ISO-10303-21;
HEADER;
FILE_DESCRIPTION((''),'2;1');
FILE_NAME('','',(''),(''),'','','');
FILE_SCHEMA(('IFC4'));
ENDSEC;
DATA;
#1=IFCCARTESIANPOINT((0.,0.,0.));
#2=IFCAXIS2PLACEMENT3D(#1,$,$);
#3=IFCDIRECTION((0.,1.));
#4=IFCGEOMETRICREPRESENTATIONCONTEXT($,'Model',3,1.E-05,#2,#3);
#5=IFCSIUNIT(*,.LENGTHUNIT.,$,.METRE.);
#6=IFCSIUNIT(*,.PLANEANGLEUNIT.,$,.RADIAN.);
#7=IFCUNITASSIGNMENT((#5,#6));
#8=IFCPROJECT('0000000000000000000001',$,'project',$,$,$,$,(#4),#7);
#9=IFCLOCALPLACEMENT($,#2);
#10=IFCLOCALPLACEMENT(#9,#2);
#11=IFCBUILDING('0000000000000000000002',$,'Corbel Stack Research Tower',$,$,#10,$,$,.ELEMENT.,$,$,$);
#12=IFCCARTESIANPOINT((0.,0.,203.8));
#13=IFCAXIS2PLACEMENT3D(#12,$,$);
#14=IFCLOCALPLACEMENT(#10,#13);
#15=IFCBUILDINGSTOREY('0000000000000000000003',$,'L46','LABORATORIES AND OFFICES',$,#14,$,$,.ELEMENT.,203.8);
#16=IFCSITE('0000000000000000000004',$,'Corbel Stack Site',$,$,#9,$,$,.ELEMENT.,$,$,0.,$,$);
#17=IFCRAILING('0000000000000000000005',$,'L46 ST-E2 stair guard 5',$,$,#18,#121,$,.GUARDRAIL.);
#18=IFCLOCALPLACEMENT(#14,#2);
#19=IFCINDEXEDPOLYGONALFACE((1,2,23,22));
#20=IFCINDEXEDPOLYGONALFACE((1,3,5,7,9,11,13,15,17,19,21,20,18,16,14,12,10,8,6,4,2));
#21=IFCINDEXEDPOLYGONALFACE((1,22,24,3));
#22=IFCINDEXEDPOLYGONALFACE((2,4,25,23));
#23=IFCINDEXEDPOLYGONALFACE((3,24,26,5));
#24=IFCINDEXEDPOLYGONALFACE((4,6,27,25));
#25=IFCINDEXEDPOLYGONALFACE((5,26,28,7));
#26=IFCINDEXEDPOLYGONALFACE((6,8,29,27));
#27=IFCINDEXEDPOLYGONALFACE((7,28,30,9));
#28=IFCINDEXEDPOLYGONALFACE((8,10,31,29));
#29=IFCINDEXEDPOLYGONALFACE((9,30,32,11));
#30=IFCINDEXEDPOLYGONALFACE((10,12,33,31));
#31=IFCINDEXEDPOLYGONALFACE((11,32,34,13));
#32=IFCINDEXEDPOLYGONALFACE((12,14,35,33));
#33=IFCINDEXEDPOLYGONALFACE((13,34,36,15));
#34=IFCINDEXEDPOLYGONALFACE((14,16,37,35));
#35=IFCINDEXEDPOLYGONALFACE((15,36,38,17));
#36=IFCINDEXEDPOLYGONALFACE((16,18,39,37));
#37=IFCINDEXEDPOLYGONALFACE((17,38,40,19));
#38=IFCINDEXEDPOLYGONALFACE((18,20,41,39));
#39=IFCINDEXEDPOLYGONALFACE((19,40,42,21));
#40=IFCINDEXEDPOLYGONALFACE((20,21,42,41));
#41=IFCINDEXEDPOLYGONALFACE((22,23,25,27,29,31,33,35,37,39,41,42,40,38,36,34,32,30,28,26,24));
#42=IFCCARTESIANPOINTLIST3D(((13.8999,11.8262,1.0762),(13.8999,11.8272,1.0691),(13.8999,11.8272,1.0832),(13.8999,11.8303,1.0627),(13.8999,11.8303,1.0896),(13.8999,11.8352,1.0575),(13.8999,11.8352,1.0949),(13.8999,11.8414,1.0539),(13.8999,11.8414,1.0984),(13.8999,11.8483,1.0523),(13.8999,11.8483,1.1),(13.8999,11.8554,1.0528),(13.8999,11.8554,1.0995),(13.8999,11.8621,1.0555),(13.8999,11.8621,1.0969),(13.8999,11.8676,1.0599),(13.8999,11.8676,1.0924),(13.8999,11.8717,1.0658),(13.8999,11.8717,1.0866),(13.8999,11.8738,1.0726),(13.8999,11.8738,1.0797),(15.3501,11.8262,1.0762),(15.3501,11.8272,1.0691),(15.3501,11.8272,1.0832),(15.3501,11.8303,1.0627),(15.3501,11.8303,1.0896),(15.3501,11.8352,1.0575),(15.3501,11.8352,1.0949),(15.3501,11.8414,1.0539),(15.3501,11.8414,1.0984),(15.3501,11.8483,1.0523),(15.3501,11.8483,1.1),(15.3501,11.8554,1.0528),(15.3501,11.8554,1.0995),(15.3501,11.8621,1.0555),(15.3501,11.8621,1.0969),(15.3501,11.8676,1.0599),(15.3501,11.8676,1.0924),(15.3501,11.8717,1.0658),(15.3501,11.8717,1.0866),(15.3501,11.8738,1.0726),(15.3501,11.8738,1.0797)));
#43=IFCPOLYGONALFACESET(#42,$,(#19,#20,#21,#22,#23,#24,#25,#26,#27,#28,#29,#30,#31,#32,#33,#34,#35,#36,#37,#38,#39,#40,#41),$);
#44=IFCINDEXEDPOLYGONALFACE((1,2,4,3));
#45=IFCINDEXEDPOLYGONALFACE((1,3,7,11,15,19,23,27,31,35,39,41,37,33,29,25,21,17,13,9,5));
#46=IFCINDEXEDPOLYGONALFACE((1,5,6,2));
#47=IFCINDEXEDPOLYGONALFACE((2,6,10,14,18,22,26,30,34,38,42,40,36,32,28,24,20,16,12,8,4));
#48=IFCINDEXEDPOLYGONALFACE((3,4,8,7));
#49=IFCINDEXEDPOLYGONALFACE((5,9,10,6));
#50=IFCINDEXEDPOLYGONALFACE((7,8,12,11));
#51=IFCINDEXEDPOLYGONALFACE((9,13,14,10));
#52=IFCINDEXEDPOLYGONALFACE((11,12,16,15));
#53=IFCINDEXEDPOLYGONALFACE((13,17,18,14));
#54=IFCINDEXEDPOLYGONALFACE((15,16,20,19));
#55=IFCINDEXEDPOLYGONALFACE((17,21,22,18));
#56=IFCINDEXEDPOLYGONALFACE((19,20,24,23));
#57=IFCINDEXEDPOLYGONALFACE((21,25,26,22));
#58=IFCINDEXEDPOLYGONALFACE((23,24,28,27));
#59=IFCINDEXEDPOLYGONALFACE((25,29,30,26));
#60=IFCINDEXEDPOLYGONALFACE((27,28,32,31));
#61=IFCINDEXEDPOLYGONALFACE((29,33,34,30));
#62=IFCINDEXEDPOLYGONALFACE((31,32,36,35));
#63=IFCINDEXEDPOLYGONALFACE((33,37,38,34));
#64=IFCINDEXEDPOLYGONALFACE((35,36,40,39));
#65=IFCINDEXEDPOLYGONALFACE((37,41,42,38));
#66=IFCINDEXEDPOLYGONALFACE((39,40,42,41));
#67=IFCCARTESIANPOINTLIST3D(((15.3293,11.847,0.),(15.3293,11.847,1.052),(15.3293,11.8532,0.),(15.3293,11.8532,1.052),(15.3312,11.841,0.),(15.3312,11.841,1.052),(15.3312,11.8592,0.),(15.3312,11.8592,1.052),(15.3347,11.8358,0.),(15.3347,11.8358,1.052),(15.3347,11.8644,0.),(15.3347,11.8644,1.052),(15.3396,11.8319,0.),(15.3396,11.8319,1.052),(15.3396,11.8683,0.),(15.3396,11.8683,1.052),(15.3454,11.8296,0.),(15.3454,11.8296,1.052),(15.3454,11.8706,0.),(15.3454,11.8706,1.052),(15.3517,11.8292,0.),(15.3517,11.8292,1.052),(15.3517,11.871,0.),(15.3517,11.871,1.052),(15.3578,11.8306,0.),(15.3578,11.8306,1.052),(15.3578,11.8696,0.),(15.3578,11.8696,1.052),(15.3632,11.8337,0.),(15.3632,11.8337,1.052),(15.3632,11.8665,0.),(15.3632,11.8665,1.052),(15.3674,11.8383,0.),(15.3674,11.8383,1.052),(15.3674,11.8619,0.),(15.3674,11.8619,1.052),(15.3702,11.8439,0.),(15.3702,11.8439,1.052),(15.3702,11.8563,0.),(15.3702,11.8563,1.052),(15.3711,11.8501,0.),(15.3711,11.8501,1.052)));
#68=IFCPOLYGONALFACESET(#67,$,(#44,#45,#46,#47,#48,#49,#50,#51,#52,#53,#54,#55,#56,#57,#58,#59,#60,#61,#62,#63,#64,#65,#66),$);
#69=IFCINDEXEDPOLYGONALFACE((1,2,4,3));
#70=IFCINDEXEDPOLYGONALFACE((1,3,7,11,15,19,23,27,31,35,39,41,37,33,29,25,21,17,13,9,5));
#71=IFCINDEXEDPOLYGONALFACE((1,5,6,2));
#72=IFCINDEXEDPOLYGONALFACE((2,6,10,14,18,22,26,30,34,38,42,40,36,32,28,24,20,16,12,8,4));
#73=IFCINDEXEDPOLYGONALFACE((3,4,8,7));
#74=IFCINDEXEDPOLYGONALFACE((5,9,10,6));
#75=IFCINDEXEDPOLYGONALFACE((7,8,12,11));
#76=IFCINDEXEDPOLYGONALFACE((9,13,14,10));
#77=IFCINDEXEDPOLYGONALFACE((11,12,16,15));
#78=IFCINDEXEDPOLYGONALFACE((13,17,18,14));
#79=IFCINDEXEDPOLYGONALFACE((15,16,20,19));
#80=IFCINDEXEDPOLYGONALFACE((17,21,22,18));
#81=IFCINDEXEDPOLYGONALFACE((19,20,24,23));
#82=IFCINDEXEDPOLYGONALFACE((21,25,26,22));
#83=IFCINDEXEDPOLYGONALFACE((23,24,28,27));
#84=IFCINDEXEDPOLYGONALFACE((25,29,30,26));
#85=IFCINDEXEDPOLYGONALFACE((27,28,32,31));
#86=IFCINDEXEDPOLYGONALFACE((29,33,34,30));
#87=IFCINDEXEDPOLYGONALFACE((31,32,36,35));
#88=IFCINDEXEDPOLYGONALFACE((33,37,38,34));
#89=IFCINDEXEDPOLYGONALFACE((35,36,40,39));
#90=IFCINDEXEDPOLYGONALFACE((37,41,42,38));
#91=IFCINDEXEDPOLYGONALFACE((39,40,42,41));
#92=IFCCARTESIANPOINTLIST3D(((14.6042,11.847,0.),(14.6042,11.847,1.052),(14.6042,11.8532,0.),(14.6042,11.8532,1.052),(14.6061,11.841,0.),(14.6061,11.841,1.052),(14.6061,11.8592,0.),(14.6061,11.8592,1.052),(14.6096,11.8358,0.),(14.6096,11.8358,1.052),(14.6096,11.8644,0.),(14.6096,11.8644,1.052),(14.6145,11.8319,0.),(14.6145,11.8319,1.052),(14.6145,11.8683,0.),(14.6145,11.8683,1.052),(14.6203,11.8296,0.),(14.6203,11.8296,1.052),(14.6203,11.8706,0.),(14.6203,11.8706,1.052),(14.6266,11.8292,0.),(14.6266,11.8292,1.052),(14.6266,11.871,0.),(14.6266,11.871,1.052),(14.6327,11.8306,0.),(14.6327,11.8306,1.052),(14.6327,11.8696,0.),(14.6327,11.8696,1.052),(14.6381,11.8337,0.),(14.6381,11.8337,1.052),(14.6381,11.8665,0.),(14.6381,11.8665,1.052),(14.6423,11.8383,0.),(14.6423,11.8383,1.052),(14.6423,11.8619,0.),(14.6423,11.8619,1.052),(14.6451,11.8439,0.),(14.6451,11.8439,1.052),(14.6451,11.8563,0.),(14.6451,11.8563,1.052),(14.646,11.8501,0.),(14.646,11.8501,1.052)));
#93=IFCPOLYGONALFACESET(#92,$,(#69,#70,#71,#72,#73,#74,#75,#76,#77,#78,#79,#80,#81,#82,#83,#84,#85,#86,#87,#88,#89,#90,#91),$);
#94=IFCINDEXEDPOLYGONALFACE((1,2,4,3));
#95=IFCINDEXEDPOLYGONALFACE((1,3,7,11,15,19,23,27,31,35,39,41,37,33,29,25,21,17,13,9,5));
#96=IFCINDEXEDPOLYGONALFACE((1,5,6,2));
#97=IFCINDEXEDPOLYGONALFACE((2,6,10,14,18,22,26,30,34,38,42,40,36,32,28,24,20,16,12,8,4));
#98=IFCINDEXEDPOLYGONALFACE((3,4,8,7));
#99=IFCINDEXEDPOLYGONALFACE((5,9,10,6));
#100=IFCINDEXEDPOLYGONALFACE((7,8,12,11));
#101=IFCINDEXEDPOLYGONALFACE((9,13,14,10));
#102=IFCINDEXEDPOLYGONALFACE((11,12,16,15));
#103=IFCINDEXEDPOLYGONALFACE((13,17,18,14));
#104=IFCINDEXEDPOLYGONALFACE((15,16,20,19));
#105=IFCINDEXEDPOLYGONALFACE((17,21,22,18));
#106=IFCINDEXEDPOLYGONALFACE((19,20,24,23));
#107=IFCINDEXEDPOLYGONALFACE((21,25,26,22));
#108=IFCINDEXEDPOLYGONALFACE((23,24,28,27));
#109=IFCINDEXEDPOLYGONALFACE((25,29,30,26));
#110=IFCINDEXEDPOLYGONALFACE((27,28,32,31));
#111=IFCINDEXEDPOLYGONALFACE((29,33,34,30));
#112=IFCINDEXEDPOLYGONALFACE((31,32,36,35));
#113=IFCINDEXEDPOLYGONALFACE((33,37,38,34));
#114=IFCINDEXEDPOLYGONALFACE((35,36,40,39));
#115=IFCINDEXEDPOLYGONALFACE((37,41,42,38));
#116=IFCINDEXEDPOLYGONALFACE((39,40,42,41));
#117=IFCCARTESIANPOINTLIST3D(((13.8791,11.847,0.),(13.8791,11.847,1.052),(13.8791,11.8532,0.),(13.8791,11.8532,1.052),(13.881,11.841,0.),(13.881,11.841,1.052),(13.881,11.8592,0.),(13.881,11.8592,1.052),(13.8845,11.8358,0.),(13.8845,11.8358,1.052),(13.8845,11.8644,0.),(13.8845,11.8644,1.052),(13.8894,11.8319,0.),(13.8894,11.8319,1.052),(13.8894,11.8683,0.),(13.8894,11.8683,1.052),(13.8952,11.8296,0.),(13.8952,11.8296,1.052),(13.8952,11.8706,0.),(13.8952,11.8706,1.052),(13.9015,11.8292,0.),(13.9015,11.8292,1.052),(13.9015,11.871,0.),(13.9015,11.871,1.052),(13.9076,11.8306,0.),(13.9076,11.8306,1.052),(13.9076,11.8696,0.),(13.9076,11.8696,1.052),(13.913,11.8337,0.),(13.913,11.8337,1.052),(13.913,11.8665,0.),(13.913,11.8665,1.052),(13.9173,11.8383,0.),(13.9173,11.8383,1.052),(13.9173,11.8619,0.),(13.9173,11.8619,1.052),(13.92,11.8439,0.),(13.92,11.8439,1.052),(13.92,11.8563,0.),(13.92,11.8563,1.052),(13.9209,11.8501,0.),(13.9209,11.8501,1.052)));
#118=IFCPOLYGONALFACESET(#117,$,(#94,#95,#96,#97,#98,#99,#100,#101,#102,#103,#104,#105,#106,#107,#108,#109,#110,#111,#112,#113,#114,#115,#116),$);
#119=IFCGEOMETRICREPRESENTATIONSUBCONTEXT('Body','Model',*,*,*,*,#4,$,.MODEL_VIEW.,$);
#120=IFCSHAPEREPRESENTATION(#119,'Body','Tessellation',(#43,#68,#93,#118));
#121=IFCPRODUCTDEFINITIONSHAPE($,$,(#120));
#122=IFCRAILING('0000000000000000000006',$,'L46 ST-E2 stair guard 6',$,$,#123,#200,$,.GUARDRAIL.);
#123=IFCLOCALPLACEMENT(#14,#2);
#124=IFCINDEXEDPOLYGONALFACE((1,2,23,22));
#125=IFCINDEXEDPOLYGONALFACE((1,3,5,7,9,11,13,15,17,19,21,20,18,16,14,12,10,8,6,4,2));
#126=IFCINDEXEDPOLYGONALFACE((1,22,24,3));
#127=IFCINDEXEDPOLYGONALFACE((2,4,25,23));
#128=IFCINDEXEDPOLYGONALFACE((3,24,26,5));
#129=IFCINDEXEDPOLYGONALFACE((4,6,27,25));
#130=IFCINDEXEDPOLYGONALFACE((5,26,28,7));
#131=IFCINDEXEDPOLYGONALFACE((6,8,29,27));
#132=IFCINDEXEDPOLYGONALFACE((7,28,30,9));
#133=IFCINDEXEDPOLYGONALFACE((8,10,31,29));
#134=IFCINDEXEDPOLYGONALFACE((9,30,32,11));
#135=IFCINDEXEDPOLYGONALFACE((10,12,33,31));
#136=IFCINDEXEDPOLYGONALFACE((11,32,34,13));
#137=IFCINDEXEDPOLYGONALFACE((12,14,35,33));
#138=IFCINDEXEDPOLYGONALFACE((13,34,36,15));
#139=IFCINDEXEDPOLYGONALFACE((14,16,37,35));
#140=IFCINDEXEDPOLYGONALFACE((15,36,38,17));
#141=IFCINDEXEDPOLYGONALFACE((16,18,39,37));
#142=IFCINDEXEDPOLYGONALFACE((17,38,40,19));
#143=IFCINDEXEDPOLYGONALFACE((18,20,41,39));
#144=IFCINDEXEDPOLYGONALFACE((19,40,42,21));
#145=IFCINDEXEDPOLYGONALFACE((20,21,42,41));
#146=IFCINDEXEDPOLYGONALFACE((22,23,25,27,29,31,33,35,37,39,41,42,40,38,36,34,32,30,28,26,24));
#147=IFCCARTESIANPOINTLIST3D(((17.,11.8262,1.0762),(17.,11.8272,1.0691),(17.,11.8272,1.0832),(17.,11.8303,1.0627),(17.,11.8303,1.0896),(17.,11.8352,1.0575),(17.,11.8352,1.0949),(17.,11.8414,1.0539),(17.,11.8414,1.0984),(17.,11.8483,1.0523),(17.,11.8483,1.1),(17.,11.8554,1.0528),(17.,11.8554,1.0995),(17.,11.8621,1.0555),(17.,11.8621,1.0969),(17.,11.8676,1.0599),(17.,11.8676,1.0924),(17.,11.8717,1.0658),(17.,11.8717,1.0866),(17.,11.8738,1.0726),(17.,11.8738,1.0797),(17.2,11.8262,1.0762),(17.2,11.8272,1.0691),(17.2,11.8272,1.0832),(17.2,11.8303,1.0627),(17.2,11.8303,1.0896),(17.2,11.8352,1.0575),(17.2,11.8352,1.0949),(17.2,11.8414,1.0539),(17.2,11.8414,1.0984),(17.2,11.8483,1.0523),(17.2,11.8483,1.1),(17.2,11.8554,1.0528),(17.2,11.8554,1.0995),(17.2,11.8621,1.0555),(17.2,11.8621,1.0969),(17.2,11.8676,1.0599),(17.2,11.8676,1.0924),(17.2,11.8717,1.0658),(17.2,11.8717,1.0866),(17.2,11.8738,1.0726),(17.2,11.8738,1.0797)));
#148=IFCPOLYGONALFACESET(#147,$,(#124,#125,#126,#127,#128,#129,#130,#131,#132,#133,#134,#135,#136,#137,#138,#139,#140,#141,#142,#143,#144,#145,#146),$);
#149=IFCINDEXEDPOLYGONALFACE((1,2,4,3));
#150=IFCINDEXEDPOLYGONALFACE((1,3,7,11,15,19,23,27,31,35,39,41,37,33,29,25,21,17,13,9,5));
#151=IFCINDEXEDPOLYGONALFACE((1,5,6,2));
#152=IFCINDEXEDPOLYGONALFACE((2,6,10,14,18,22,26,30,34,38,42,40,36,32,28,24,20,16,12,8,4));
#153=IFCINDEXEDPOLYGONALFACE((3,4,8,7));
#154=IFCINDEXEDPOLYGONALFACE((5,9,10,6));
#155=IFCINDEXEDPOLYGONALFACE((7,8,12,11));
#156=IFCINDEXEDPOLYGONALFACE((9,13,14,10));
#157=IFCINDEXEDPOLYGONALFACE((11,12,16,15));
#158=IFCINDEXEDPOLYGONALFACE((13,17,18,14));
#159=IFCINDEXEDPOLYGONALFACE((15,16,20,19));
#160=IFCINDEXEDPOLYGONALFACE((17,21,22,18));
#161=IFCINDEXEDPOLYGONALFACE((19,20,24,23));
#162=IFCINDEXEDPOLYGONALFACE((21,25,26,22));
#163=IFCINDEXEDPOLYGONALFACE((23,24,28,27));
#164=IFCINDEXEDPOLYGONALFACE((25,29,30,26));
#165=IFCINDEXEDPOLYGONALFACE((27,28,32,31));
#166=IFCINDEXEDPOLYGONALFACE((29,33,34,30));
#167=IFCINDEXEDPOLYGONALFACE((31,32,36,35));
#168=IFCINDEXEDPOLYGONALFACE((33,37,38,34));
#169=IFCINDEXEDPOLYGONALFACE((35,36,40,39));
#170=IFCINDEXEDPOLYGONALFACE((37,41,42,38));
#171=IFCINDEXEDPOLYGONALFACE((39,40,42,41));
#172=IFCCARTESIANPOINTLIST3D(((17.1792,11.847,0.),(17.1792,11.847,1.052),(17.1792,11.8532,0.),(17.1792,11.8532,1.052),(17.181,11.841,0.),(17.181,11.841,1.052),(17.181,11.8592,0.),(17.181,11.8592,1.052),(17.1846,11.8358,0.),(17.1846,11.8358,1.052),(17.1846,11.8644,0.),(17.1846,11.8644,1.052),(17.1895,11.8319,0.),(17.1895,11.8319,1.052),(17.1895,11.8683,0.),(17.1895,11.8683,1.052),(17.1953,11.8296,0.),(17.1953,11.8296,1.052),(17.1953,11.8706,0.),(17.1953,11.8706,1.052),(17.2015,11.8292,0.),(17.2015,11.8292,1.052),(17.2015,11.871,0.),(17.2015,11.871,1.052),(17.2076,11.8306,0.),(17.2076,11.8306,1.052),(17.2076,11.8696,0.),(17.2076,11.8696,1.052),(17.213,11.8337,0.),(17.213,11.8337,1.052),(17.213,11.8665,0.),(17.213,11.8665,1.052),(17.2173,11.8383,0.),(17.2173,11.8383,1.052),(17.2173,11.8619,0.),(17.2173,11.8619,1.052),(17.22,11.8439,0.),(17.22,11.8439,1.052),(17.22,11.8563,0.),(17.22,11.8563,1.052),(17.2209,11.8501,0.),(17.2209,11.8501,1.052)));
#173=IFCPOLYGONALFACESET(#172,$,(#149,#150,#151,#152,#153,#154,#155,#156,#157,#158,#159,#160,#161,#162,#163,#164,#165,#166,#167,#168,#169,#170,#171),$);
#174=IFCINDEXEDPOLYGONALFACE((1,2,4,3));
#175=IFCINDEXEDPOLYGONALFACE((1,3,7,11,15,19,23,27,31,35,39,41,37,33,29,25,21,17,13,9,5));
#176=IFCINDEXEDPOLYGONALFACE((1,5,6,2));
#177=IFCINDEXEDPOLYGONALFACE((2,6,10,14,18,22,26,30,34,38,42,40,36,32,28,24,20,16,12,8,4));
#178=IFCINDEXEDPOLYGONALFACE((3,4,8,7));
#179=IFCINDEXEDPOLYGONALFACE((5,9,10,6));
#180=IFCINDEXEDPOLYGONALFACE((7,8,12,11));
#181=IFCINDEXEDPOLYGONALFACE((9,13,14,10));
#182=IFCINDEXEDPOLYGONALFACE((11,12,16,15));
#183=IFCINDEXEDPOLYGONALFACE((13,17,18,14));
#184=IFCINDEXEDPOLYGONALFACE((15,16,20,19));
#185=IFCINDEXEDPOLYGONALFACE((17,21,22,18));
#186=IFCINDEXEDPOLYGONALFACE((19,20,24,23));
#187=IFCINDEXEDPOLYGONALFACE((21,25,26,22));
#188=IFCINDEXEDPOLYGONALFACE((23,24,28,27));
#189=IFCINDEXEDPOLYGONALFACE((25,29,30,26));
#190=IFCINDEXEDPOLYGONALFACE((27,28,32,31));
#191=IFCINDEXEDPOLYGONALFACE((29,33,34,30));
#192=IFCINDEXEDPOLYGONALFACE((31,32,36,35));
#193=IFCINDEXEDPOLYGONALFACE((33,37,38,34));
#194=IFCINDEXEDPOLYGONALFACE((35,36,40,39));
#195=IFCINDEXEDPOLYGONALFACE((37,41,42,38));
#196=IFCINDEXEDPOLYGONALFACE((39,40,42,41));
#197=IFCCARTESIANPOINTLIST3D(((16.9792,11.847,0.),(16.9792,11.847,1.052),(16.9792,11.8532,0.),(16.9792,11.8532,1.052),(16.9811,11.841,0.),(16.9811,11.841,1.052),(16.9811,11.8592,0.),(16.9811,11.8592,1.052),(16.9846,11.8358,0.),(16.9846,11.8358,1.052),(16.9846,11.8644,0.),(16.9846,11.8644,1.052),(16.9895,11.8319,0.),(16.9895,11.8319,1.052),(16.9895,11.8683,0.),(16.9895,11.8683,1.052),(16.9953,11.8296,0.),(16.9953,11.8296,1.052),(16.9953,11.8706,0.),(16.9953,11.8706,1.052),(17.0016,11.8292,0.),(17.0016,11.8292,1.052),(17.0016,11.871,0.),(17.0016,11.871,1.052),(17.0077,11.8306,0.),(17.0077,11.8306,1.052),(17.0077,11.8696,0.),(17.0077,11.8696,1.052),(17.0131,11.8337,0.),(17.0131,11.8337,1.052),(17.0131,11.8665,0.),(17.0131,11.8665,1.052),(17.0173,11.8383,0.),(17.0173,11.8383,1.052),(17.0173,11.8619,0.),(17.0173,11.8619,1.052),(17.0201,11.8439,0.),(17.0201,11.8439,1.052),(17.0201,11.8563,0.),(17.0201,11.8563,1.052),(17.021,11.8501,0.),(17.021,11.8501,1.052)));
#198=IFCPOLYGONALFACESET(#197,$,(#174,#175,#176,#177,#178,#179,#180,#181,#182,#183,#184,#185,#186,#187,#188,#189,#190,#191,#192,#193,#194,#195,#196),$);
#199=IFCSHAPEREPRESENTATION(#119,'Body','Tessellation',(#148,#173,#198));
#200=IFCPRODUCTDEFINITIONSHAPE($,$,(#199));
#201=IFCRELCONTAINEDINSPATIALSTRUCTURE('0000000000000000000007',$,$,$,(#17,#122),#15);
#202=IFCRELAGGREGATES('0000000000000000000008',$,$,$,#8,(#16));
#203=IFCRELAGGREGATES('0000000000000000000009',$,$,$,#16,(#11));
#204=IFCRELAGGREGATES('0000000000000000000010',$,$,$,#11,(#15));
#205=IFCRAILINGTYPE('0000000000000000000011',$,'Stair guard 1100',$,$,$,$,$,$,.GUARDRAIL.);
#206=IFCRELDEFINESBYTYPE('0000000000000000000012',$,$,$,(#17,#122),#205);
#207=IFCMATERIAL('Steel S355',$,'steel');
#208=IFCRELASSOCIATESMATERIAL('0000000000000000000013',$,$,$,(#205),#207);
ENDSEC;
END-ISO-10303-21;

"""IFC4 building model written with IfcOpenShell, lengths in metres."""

from ifc_helpers import new_model, si_unit, direction, frame, origin, origin_2d, place, context, subcontext, project, spatial, circle, extrude, material, type_object, element, save


model = new_model("IFC4")

# Units and contexts
model_context = context("Model", 3, precision=1e-05, world=origin(), true_north=direction((0.0, 1.0)))
body_context = subcontext(model_context, "Body", "Model", "MODEL_VIEW")
ifc_project = project(units=[si_unit("LENGTHUNIT", "METRE"), si_unit("PLANEANGLEUNIT", "RADIAN")], contexts=[model_context])

# Site, building, storey
site_placement = place(None, origin())
site = spatial("IfcSite", under=ifc_project, at=site_placement, Name="Corbel Stack Site", CompositionType="ELEMENT", RefElevation=0.0)
building_placement = place(site_placement, origin())
building = spatial("IfcBuilding", under=site, at=building_placement, Name="Corbel Stack Research Tower", CompositionType="ELEMENT")
storey_placement = place(building_placement, frame((0.0, 0.0, 203.8)))
storey = spatial("IfcBuildingStorey", under=building, at=storey_placement, Name="L46", Description="LABORATORIES AND OFFICES", CompositionType="ELEMENT", Elevation=203.8)

# Railings
ifc_material_1 = material(Name="Steel S355", Category="steel")
railing_type_1 = type_object("IfcRailingType", Name="Stair guard 1100", PredefinedType="GUARDRAIL", material=ifc_material_1)
railing_1_placement = place(storey_placement, frame((15.3501, 11.8501, 0.0)))
element("IfcRailing", 1, at=railing_1_placement, inside=storey, type_object=railing_type_1, Name="L46 ST-E2 stair guard 5", PredefinedType="GUARDRAIL", context=body_context, shape_type="SweptSolid", body=[
    extrude(circle(Radius=0.0239, at=origin_2d()), frame((0.0, 0.0, 1.0762), z_axis=(-1.0, 0.0, 0.0), x_axis=(0.0, -1.0, 0.0)), (0.0, 0.0, 1.0), 1.4502),
    extrude(circle(Radius=0.021, at=origin_2d()), origin(), (0.0, 0.0, 1.0), 1.052),
    extrude(circle(Radius=0.021, at=origin_2d()), frame((-0.7251, 0.0, 0.0)), (0.0, 0.0, 1.0), 1.052),
    extrude(circle(Radius=0.021, at=origin_2d()), frame((-1.4502, 0.0, 0.0)), (0.0, 0.0, 1.0), 1.052),
])
railing_2_placement = place(storey_placement, frame((17.2, 11.8501, 0.0)))
element("IfcRailing", 2, at=railing_2_placement, inside=storey, type_object=railing_type_1, Name="L46 ST-E2 stair guard 6", PredefinedType="GUARDRAIL", context=body_context, shape_type="SweptSolid", body=[
    extrude(circle(Radius=0.0239, at=origin_2d()), frame((0.0, 0.0, 1.0762), z_axis=(-1.0, 0.0, 0.0), x_axis=(0.0, -1.0, 0.0)), (0.0, 0.0, 1.0), 0.2),
    extrude(circle(Radius=0.021, at=origin_2d()), origin(), (0.0, 0.0, 1.0), 1.052),
    extrude(circle(Radius=0.021, at=origin_2d()), frame((-0.2, 0.0, 0.0)), (0.0, 0.0, 1.0), 1.052),
])

save(model, "model.ifc")
